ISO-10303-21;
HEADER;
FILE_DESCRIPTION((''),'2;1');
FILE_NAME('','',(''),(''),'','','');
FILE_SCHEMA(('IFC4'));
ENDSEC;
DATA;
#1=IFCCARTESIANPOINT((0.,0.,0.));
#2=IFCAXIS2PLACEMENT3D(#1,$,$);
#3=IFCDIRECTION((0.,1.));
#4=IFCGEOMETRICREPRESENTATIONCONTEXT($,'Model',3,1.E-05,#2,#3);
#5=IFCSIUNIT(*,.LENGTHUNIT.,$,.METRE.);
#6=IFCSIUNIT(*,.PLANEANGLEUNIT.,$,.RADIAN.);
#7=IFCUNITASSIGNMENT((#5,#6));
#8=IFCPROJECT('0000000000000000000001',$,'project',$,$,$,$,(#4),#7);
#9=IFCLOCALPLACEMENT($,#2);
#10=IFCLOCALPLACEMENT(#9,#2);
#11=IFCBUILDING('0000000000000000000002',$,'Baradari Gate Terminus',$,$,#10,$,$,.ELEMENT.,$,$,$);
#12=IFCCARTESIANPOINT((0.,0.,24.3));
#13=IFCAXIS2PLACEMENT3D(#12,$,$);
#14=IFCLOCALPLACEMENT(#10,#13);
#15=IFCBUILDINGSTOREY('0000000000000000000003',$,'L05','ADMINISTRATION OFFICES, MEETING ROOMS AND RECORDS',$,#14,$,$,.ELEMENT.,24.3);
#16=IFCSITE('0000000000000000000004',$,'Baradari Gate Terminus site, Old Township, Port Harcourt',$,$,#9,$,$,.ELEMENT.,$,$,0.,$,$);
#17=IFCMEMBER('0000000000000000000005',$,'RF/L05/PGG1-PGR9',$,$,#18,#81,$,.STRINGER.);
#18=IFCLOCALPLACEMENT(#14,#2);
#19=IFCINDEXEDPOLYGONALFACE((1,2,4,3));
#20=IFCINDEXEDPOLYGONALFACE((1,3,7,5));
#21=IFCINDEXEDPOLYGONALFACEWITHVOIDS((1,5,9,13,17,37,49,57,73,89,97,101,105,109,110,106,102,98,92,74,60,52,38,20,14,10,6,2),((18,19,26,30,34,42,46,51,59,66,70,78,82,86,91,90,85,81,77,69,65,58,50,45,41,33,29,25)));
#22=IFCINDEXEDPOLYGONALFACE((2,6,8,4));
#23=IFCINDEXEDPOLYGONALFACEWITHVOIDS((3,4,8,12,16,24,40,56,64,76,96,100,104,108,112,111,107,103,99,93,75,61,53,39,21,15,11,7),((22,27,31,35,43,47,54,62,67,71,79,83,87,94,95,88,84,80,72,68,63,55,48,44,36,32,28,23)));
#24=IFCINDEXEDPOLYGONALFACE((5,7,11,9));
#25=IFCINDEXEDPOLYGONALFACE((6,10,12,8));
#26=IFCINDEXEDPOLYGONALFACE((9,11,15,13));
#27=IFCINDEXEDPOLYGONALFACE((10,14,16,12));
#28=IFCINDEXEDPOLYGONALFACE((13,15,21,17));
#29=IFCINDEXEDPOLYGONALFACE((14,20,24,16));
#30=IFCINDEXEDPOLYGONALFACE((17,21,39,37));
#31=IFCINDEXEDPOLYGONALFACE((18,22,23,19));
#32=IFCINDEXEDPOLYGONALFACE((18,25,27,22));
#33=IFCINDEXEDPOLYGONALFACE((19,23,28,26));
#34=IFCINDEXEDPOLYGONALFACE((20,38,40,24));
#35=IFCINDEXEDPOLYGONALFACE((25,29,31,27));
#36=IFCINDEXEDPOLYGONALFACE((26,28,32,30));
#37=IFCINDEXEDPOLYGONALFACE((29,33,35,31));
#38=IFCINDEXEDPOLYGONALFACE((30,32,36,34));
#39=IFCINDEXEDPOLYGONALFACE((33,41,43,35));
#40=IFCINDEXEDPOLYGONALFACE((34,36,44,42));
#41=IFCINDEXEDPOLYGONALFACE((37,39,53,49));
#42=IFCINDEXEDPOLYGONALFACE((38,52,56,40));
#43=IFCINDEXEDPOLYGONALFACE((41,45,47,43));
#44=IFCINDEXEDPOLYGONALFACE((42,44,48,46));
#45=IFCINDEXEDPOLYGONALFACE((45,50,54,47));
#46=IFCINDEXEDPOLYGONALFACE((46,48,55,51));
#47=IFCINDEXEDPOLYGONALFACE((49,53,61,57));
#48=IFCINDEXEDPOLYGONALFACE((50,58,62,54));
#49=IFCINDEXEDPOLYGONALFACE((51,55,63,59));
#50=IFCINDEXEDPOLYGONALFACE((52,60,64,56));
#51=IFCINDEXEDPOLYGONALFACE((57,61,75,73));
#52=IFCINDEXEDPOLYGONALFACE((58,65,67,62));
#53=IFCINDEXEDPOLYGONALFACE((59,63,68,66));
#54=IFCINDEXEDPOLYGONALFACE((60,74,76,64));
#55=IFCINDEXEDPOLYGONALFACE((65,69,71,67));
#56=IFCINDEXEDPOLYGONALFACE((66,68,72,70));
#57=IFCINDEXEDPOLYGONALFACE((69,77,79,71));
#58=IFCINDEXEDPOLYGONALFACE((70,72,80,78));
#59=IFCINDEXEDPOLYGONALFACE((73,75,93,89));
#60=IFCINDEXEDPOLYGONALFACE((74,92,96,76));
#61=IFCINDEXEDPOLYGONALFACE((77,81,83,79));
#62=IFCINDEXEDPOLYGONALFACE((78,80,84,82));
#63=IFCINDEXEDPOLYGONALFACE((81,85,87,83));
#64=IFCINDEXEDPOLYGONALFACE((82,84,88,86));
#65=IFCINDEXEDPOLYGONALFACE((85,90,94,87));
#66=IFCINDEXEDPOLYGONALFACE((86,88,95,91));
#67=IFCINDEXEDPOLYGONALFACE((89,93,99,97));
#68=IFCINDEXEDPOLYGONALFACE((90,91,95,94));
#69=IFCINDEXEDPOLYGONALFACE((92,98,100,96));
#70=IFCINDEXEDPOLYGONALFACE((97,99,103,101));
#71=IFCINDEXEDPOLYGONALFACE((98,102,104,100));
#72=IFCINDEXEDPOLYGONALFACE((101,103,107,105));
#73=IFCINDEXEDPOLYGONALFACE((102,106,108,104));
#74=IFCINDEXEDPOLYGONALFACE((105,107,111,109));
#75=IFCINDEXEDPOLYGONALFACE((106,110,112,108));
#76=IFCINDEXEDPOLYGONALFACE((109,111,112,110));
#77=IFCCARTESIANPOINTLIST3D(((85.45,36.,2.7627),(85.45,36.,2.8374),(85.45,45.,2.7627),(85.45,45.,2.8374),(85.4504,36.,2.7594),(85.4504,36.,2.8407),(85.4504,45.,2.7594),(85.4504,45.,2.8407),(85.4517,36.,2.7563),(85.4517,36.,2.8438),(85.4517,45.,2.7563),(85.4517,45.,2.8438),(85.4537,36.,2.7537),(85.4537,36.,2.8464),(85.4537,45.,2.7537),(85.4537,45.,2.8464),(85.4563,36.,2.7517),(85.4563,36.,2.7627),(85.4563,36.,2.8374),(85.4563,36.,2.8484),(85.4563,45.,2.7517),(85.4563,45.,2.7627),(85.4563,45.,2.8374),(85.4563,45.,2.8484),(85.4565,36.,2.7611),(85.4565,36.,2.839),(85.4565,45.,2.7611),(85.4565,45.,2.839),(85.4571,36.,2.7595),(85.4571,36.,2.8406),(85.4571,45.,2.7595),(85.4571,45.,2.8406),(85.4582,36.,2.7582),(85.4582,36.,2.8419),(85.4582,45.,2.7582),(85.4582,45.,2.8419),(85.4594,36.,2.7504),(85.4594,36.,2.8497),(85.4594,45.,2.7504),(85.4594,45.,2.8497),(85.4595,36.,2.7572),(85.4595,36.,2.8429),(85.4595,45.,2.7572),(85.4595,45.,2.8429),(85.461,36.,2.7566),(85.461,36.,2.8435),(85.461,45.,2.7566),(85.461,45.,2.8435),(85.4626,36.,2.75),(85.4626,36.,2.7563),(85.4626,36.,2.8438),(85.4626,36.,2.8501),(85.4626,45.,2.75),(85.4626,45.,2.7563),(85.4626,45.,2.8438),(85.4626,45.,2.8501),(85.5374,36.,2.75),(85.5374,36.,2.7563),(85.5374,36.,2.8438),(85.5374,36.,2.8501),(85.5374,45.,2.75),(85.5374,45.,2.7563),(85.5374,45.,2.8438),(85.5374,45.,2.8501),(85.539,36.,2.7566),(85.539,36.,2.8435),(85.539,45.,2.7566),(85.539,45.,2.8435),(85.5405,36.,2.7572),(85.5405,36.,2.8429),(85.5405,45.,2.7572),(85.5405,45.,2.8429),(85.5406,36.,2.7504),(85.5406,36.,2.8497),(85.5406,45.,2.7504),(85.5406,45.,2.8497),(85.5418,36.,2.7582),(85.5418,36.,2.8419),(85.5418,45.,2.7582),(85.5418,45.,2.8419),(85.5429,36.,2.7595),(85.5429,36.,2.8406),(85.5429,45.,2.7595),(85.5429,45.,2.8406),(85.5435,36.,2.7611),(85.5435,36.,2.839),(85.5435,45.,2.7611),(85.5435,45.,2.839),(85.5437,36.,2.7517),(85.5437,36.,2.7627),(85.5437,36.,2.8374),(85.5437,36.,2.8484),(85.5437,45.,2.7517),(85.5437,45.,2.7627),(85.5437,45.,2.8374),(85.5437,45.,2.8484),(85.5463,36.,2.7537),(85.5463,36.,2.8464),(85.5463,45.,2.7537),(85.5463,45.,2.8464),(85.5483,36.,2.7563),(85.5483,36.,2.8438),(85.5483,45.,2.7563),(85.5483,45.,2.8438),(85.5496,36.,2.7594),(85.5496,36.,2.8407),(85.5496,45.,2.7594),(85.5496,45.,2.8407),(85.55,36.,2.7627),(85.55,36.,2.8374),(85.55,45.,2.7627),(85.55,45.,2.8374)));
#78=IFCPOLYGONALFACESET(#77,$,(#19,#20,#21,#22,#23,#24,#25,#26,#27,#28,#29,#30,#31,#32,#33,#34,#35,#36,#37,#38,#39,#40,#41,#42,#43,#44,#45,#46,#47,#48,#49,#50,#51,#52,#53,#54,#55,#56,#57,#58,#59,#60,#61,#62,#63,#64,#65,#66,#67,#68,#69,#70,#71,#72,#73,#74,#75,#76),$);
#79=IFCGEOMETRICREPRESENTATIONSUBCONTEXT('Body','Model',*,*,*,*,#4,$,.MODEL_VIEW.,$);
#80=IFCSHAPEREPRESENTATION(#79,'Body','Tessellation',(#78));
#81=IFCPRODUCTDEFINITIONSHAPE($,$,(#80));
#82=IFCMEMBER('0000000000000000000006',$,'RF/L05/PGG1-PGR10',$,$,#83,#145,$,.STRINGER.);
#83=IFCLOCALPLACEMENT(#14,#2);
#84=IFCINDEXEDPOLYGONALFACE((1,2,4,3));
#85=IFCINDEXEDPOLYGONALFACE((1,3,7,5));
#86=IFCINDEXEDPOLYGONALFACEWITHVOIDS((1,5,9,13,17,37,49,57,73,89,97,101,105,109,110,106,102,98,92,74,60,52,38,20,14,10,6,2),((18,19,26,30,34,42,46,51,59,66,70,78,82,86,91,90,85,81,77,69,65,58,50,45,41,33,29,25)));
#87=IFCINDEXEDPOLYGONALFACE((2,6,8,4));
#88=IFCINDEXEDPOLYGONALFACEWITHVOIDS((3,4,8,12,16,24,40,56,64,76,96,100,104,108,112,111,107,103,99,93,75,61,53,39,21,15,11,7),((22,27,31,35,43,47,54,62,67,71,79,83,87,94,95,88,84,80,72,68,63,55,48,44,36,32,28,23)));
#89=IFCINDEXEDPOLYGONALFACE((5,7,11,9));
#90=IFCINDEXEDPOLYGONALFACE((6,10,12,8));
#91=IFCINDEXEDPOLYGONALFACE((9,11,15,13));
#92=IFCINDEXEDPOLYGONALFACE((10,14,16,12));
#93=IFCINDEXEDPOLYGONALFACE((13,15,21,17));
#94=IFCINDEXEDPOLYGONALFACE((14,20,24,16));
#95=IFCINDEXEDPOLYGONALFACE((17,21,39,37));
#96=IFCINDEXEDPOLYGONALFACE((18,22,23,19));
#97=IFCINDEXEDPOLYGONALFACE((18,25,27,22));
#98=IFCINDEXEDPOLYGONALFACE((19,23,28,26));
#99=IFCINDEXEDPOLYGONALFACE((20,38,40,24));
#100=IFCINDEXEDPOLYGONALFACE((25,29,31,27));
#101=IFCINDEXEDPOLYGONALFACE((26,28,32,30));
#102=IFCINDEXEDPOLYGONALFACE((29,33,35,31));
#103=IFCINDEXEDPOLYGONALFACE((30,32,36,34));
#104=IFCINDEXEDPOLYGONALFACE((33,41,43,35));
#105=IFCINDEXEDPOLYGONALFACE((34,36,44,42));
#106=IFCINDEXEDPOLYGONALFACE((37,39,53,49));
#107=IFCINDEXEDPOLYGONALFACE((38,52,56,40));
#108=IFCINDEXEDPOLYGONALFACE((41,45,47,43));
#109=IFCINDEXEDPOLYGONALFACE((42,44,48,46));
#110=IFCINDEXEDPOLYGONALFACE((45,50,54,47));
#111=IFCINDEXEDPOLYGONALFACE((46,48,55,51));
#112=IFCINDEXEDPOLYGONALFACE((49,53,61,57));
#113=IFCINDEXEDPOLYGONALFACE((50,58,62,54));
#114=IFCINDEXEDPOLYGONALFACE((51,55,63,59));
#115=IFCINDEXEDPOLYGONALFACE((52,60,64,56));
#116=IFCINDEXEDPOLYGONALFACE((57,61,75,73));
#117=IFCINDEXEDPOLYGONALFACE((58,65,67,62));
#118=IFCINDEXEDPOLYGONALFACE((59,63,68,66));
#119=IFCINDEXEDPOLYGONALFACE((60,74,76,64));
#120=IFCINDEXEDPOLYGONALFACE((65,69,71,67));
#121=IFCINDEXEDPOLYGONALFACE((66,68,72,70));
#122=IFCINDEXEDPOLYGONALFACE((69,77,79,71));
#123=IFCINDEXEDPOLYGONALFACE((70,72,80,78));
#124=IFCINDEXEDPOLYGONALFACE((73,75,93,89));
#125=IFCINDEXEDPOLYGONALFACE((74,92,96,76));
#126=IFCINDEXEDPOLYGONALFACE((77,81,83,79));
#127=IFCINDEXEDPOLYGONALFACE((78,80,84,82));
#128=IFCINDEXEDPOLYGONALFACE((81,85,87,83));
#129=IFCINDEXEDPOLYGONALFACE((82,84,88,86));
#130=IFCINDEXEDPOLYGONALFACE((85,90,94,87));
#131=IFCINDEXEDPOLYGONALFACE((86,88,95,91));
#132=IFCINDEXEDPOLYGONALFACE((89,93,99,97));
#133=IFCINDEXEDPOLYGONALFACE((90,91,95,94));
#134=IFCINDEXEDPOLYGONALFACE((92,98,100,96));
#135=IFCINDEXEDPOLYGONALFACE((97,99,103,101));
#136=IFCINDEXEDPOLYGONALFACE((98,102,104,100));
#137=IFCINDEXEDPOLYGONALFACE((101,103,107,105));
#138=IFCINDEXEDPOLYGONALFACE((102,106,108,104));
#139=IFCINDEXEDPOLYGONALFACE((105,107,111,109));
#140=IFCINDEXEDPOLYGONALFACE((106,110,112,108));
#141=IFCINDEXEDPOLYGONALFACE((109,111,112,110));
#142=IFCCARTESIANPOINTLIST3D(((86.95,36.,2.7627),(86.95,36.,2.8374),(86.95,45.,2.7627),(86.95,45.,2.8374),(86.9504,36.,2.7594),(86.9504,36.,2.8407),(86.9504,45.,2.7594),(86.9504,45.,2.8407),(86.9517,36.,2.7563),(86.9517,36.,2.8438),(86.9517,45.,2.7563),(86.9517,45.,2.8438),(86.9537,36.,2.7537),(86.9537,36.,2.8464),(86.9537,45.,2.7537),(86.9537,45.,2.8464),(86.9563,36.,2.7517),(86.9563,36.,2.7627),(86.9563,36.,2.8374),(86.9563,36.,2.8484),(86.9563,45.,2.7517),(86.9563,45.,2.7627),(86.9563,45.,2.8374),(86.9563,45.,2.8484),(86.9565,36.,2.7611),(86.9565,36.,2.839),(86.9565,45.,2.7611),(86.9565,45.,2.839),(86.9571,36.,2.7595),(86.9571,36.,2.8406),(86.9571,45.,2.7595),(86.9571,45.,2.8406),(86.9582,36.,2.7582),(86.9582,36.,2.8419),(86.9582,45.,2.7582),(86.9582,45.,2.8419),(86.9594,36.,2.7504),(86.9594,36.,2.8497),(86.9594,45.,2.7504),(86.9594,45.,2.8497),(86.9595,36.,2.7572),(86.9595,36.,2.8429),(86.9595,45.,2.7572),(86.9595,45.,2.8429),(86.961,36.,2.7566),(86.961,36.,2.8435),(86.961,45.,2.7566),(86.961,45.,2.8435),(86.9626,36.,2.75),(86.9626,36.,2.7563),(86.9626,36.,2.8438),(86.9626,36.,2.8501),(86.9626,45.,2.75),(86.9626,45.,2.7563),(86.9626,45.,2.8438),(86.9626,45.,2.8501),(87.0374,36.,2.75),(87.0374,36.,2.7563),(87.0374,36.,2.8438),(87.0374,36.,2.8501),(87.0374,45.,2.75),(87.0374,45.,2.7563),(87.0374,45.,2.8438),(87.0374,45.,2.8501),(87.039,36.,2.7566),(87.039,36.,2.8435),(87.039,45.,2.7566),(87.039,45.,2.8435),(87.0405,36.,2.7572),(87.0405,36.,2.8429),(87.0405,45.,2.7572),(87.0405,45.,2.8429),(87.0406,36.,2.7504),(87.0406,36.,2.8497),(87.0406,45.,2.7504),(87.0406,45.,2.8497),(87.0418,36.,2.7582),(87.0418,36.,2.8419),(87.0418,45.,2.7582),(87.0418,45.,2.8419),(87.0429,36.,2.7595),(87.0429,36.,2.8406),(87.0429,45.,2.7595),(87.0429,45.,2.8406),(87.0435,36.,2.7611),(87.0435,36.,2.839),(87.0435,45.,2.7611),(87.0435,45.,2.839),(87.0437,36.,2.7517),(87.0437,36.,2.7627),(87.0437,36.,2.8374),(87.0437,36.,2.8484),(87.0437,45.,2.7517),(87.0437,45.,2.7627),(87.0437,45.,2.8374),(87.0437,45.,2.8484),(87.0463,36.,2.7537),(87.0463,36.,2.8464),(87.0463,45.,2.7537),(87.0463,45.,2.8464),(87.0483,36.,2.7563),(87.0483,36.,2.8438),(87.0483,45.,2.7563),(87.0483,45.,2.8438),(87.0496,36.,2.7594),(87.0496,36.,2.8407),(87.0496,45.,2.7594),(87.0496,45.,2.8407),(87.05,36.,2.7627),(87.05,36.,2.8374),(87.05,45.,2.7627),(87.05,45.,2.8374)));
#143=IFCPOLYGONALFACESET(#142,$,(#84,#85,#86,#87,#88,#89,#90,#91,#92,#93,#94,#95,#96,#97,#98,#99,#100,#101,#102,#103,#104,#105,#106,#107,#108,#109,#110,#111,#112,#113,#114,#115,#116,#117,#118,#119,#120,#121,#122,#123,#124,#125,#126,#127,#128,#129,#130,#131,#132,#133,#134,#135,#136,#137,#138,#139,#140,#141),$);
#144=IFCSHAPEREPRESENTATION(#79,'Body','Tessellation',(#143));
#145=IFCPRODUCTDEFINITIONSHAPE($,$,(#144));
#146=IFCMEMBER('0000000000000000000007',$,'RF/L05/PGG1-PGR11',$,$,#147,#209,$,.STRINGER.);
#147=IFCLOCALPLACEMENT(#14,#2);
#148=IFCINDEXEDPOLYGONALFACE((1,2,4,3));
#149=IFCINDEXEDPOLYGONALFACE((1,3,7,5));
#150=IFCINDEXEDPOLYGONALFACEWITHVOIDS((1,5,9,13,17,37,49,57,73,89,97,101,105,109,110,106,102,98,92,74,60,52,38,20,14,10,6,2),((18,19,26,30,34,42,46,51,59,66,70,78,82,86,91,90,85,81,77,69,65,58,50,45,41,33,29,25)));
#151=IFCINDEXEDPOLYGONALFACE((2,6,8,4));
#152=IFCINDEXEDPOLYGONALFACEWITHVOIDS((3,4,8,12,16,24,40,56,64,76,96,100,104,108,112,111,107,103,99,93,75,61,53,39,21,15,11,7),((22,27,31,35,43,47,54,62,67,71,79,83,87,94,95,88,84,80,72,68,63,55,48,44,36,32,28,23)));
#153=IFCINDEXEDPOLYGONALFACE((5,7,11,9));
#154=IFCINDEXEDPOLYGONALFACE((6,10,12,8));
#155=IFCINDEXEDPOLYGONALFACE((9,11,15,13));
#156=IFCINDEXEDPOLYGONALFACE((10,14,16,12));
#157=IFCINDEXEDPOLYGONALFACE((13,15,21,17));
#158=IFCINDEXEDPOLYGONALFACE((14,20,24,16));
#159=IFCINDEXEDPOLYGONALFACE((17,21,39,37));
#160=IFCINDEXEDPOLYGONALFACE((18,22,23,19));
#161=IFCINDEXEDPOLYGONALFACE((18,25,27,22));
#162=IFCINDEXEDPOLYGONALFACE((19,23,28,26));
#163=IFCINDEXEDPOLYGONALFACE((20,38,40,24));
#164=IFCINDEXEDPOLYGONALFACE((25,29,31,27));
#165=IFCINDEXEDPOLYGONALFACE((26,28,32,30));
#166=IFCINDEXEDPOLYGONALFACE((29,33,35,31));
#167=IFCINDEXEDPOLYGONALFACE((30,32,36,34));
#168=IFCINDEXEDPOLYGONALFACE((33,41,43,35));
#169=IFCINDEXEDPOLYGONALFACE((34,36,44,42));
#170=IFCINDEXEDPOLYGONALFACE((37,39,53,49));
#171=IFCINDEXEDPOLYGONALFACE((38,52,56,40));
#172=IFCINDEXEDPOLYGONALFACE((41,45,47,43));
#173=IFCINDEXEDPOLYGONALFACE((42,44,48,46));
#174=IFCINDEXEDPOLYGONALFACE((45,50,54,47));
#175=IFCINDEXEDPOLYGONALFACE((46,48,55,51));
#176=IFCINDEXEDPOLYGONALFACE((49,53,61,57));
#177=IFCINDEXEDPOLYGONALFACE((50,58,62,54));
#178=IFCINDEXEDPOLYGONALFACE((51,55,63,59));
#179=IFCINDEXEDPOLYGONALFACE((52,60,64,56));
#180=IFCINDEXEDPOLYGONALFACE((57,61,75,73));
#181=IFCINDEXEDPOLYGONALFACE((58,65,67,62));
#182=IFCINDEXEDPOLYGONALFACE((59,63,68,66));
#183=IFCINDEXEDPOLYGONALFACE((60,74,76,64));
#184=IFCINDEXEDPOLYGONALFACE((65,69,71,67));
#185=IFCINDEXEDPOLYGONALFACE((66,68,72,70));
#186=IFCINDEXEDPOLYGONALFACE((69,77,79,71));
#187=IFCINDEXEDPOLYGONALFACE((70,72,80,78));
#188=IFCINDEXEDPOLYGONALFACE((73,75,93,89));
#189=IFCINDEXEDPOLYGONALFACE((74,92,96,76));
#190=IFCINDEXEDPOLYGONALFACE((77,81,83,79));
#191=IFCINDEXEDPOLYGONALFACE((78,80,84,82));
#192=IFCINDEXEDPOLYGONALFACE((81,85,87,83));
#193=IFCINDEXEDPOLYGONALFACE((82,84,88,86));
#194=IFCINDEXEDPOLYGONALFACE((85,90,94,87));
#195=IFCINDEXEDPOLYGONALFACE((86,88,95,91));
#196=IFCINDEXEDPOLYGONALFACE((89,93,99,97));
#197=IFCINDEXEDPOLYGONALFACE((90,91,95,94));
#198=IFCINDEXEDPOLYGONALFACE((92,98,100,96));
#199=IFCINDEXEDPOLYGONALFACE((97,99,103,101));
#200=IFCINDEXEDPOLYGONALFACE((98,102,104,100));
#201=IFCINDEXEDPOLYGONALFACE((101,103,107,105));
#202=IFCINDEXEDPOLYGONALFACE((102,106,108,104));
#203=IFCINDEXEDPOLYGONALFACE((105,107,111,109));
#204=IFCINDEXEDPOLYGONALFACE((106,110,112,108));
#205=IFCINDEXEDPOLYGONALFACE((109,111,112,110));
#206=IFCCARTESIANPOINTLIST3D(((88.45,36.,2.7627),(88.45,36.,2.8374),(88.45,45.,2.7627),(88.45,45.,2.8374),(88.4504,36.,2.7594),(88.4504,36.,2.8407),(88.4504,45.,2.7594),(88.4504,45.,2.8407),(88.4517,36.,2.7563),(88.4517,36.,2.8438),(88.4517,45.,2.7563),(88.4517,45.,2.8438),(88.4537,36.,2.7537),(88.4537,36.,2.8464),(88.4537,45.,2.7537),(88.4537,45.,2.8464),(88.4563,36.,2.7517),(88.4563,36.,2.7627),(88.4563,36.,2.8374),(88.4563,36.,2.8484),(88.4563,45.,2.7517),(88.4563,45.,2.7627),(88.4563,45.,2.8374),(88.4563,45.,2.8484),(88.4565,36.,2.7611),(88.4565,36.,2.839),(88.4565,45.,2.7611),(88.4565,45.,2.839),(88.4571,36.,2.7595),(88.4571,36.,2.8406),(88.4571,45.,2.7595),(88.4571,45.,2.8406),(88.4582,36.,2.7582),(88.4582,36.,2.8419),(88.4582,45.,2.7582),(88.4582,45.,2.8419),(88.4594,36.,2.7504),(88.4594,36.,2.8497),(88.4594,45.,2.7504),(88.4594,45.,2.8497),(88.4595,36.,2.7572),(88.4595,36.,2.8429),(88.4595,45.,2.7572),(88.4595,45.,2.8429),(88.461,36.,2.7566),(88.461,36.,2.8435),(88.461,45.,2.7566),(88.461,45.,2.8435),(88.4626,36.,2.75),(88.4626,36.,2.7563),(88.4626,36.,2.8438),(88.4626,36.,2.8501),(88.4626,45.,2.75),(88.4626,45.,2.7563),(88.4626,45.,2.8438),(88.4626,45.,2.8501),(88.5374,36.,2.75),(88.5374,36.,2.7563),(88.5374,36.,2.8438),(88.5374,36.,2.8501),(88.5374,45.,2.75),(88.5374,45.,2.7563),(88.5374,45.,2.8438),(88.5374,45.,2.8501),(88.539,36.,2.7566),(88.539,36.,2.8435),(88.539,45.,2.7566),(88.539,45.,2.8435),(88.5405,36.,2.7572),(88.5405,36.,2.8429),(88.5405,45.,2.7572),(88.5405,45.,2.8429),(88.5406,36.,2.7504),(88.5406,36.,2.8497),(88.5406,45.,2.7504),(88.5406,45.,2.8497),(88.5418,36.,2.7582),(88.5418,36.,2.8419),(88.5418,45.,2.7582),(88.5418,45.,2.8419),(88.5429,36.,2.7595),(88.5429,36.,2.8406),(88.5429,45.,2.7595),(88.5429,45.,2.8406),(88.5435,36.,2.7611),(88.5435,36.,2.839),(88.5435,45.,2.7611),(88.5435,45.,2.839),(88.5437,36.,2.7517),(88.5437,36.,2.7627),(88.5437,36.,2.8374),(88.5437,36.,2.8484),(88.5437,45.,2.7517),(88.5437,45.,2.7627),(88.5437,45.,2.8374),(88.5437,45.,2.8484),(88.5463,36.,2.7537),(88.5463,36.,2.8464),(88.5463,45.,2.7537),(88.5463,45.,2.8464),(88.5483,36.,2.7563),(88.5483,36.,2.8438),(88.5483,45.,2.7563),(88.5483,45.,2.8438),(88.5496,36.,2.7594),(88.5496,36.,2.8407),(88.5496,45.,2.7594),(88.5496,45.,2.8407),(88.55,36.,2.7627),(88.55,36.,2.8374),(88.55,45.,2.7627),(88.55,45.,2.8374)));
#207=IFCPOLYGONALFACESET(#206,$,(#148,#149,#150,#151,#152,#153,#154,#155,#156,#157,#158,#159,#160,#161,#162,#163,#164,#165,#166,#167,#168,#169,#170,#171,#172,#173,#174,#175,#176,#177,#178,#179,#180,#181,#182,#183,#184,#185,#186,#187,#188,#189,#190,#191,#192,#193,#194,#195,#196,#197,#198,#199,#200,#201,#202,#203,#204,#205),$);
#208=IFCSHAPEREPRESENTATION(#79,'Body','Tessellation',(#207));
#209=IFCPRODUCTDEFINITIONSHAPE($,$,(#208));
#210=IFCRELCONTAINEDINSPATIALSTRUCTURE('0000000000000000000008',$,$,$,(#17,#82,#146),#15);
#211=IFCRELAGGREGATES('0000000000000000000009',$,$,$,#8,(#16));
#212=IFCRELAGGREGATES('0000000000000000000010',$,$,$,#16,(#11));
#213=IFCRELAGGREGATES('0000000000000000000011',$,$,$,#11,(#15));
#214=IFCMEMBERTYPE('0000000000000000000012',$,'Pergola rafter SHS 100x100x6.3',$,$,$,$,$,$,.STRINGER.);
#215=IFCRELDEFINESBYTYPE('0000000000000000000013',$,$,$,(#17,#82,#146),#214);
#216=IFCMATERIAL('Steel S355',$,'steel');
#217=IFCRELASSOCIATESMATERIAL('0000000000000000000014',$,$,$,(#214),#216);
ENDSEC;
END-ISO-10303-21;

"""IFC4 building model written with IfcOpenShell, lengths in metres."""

from ifc_helpers import new_model, si_unit, direction, frame, origin, origin_2d, place, context, subcontext, project, spatial, hollow_rectangle, extrude, material, material_profile, profile_set, type_object, element, save


model = new_model("IFC4")

# Units and contexts
model_context = context("Model", 3, precision=1e-05, world=origin(), true_north=direction((0.0, 1.0)))
body_context = subcontext(model_context, "Body", "Model", "MODEL_VIEW")
ifc_project = project(units=[si_unit("LENGTHUNIT", "METRE"), si_unit("PLANEANGLEUNIT", "RADIAN")], contexts=[model_context])

# Site, building, storey
site_placement = place(None, origin())
site = spatial("IfcSite", under=ifc_project, at=site_placement, Name="Baradari Gate Terminus site, Old Township, Port Harcourt", CompositionType="ELEMENT", RefElevation=0.0)
building_placement = place(site_placement, origin())
building = spatial("IfcBuilding", under=site, at=building_placement, Name="Baradari Gate Terminus", CompositionType="ELEMENT")
storey_placement = place(building_placement, frame((0.0, 0.0, 24.3)))
storey = spatial("IfcBuildingStorey", under=building, at=storey_placement, Name="L05", Description="ADMINISTRATION OFFICES, MEETING ROOMS AND RECORDS", CompositionType="ELEMENT", Elevation=24.3)

# Members
ifc_material_1 = material(Name="Steel S355", Category="steel")
ifc_material_profile_1 = material_profile(ifc_material_1, hollow_rectangle(XDim=0.1001, YDim=0.1001, WallThickness=0.0063, InnerFilletRadius=0.0063, OuterFilletRadius=0.0127, at=origin_2d()), Name="SHS 100x100x6.3")
ifc_profile_set_1 = profile_set([ifc_material_profile_1], Name="Steel S355")
member_type = type_object("IfcMemberType", Name="Pergola rafter SHS 100x100x6.3", PredefinedType="STRINGER", material=ifc_profile_set_1)
for number, where, z_axis, x_axis, name in (
    (1, (85.5, 36.0, 2.8), (0.0, 1.0, 0.0), (-1.0, 0.0, 0.0), "RF/L05/PGG1-PGR9"),
    (2, (87.0, 36.0, 2.8), (0.0, 1.0, 0.0), (-1.0, 0.0, 0.0), "RF/L05/PGG1-PGR10"),
    (3, (88.5, 36.0, 2.8), (0.0, 1.0, 0.0), (-1.0, 0.0, 0.0), "RF/L05/PGG1-PGR11"),
):
    element("IfcMember", number, at=place(storey_placement, frame(where, z_axis=z_axis, x_axis=x_axis)), inside=storey, type_object=member_type, Name=name, PredefinedType="STRINGER", context=body_context, shape_type="SweptSolid", body=[
        extrude(hollow_rectangle(XDim=0.1001, YDim=0.1001, WallThickness=0.0063, InnerFilletRadius=0.0063, OuterFilletRadius=0.0127, at=origin_2d()), origin(), (0.0, 0.0, 1.0), 9.0),
    ])

save(model, "model.ifc")
